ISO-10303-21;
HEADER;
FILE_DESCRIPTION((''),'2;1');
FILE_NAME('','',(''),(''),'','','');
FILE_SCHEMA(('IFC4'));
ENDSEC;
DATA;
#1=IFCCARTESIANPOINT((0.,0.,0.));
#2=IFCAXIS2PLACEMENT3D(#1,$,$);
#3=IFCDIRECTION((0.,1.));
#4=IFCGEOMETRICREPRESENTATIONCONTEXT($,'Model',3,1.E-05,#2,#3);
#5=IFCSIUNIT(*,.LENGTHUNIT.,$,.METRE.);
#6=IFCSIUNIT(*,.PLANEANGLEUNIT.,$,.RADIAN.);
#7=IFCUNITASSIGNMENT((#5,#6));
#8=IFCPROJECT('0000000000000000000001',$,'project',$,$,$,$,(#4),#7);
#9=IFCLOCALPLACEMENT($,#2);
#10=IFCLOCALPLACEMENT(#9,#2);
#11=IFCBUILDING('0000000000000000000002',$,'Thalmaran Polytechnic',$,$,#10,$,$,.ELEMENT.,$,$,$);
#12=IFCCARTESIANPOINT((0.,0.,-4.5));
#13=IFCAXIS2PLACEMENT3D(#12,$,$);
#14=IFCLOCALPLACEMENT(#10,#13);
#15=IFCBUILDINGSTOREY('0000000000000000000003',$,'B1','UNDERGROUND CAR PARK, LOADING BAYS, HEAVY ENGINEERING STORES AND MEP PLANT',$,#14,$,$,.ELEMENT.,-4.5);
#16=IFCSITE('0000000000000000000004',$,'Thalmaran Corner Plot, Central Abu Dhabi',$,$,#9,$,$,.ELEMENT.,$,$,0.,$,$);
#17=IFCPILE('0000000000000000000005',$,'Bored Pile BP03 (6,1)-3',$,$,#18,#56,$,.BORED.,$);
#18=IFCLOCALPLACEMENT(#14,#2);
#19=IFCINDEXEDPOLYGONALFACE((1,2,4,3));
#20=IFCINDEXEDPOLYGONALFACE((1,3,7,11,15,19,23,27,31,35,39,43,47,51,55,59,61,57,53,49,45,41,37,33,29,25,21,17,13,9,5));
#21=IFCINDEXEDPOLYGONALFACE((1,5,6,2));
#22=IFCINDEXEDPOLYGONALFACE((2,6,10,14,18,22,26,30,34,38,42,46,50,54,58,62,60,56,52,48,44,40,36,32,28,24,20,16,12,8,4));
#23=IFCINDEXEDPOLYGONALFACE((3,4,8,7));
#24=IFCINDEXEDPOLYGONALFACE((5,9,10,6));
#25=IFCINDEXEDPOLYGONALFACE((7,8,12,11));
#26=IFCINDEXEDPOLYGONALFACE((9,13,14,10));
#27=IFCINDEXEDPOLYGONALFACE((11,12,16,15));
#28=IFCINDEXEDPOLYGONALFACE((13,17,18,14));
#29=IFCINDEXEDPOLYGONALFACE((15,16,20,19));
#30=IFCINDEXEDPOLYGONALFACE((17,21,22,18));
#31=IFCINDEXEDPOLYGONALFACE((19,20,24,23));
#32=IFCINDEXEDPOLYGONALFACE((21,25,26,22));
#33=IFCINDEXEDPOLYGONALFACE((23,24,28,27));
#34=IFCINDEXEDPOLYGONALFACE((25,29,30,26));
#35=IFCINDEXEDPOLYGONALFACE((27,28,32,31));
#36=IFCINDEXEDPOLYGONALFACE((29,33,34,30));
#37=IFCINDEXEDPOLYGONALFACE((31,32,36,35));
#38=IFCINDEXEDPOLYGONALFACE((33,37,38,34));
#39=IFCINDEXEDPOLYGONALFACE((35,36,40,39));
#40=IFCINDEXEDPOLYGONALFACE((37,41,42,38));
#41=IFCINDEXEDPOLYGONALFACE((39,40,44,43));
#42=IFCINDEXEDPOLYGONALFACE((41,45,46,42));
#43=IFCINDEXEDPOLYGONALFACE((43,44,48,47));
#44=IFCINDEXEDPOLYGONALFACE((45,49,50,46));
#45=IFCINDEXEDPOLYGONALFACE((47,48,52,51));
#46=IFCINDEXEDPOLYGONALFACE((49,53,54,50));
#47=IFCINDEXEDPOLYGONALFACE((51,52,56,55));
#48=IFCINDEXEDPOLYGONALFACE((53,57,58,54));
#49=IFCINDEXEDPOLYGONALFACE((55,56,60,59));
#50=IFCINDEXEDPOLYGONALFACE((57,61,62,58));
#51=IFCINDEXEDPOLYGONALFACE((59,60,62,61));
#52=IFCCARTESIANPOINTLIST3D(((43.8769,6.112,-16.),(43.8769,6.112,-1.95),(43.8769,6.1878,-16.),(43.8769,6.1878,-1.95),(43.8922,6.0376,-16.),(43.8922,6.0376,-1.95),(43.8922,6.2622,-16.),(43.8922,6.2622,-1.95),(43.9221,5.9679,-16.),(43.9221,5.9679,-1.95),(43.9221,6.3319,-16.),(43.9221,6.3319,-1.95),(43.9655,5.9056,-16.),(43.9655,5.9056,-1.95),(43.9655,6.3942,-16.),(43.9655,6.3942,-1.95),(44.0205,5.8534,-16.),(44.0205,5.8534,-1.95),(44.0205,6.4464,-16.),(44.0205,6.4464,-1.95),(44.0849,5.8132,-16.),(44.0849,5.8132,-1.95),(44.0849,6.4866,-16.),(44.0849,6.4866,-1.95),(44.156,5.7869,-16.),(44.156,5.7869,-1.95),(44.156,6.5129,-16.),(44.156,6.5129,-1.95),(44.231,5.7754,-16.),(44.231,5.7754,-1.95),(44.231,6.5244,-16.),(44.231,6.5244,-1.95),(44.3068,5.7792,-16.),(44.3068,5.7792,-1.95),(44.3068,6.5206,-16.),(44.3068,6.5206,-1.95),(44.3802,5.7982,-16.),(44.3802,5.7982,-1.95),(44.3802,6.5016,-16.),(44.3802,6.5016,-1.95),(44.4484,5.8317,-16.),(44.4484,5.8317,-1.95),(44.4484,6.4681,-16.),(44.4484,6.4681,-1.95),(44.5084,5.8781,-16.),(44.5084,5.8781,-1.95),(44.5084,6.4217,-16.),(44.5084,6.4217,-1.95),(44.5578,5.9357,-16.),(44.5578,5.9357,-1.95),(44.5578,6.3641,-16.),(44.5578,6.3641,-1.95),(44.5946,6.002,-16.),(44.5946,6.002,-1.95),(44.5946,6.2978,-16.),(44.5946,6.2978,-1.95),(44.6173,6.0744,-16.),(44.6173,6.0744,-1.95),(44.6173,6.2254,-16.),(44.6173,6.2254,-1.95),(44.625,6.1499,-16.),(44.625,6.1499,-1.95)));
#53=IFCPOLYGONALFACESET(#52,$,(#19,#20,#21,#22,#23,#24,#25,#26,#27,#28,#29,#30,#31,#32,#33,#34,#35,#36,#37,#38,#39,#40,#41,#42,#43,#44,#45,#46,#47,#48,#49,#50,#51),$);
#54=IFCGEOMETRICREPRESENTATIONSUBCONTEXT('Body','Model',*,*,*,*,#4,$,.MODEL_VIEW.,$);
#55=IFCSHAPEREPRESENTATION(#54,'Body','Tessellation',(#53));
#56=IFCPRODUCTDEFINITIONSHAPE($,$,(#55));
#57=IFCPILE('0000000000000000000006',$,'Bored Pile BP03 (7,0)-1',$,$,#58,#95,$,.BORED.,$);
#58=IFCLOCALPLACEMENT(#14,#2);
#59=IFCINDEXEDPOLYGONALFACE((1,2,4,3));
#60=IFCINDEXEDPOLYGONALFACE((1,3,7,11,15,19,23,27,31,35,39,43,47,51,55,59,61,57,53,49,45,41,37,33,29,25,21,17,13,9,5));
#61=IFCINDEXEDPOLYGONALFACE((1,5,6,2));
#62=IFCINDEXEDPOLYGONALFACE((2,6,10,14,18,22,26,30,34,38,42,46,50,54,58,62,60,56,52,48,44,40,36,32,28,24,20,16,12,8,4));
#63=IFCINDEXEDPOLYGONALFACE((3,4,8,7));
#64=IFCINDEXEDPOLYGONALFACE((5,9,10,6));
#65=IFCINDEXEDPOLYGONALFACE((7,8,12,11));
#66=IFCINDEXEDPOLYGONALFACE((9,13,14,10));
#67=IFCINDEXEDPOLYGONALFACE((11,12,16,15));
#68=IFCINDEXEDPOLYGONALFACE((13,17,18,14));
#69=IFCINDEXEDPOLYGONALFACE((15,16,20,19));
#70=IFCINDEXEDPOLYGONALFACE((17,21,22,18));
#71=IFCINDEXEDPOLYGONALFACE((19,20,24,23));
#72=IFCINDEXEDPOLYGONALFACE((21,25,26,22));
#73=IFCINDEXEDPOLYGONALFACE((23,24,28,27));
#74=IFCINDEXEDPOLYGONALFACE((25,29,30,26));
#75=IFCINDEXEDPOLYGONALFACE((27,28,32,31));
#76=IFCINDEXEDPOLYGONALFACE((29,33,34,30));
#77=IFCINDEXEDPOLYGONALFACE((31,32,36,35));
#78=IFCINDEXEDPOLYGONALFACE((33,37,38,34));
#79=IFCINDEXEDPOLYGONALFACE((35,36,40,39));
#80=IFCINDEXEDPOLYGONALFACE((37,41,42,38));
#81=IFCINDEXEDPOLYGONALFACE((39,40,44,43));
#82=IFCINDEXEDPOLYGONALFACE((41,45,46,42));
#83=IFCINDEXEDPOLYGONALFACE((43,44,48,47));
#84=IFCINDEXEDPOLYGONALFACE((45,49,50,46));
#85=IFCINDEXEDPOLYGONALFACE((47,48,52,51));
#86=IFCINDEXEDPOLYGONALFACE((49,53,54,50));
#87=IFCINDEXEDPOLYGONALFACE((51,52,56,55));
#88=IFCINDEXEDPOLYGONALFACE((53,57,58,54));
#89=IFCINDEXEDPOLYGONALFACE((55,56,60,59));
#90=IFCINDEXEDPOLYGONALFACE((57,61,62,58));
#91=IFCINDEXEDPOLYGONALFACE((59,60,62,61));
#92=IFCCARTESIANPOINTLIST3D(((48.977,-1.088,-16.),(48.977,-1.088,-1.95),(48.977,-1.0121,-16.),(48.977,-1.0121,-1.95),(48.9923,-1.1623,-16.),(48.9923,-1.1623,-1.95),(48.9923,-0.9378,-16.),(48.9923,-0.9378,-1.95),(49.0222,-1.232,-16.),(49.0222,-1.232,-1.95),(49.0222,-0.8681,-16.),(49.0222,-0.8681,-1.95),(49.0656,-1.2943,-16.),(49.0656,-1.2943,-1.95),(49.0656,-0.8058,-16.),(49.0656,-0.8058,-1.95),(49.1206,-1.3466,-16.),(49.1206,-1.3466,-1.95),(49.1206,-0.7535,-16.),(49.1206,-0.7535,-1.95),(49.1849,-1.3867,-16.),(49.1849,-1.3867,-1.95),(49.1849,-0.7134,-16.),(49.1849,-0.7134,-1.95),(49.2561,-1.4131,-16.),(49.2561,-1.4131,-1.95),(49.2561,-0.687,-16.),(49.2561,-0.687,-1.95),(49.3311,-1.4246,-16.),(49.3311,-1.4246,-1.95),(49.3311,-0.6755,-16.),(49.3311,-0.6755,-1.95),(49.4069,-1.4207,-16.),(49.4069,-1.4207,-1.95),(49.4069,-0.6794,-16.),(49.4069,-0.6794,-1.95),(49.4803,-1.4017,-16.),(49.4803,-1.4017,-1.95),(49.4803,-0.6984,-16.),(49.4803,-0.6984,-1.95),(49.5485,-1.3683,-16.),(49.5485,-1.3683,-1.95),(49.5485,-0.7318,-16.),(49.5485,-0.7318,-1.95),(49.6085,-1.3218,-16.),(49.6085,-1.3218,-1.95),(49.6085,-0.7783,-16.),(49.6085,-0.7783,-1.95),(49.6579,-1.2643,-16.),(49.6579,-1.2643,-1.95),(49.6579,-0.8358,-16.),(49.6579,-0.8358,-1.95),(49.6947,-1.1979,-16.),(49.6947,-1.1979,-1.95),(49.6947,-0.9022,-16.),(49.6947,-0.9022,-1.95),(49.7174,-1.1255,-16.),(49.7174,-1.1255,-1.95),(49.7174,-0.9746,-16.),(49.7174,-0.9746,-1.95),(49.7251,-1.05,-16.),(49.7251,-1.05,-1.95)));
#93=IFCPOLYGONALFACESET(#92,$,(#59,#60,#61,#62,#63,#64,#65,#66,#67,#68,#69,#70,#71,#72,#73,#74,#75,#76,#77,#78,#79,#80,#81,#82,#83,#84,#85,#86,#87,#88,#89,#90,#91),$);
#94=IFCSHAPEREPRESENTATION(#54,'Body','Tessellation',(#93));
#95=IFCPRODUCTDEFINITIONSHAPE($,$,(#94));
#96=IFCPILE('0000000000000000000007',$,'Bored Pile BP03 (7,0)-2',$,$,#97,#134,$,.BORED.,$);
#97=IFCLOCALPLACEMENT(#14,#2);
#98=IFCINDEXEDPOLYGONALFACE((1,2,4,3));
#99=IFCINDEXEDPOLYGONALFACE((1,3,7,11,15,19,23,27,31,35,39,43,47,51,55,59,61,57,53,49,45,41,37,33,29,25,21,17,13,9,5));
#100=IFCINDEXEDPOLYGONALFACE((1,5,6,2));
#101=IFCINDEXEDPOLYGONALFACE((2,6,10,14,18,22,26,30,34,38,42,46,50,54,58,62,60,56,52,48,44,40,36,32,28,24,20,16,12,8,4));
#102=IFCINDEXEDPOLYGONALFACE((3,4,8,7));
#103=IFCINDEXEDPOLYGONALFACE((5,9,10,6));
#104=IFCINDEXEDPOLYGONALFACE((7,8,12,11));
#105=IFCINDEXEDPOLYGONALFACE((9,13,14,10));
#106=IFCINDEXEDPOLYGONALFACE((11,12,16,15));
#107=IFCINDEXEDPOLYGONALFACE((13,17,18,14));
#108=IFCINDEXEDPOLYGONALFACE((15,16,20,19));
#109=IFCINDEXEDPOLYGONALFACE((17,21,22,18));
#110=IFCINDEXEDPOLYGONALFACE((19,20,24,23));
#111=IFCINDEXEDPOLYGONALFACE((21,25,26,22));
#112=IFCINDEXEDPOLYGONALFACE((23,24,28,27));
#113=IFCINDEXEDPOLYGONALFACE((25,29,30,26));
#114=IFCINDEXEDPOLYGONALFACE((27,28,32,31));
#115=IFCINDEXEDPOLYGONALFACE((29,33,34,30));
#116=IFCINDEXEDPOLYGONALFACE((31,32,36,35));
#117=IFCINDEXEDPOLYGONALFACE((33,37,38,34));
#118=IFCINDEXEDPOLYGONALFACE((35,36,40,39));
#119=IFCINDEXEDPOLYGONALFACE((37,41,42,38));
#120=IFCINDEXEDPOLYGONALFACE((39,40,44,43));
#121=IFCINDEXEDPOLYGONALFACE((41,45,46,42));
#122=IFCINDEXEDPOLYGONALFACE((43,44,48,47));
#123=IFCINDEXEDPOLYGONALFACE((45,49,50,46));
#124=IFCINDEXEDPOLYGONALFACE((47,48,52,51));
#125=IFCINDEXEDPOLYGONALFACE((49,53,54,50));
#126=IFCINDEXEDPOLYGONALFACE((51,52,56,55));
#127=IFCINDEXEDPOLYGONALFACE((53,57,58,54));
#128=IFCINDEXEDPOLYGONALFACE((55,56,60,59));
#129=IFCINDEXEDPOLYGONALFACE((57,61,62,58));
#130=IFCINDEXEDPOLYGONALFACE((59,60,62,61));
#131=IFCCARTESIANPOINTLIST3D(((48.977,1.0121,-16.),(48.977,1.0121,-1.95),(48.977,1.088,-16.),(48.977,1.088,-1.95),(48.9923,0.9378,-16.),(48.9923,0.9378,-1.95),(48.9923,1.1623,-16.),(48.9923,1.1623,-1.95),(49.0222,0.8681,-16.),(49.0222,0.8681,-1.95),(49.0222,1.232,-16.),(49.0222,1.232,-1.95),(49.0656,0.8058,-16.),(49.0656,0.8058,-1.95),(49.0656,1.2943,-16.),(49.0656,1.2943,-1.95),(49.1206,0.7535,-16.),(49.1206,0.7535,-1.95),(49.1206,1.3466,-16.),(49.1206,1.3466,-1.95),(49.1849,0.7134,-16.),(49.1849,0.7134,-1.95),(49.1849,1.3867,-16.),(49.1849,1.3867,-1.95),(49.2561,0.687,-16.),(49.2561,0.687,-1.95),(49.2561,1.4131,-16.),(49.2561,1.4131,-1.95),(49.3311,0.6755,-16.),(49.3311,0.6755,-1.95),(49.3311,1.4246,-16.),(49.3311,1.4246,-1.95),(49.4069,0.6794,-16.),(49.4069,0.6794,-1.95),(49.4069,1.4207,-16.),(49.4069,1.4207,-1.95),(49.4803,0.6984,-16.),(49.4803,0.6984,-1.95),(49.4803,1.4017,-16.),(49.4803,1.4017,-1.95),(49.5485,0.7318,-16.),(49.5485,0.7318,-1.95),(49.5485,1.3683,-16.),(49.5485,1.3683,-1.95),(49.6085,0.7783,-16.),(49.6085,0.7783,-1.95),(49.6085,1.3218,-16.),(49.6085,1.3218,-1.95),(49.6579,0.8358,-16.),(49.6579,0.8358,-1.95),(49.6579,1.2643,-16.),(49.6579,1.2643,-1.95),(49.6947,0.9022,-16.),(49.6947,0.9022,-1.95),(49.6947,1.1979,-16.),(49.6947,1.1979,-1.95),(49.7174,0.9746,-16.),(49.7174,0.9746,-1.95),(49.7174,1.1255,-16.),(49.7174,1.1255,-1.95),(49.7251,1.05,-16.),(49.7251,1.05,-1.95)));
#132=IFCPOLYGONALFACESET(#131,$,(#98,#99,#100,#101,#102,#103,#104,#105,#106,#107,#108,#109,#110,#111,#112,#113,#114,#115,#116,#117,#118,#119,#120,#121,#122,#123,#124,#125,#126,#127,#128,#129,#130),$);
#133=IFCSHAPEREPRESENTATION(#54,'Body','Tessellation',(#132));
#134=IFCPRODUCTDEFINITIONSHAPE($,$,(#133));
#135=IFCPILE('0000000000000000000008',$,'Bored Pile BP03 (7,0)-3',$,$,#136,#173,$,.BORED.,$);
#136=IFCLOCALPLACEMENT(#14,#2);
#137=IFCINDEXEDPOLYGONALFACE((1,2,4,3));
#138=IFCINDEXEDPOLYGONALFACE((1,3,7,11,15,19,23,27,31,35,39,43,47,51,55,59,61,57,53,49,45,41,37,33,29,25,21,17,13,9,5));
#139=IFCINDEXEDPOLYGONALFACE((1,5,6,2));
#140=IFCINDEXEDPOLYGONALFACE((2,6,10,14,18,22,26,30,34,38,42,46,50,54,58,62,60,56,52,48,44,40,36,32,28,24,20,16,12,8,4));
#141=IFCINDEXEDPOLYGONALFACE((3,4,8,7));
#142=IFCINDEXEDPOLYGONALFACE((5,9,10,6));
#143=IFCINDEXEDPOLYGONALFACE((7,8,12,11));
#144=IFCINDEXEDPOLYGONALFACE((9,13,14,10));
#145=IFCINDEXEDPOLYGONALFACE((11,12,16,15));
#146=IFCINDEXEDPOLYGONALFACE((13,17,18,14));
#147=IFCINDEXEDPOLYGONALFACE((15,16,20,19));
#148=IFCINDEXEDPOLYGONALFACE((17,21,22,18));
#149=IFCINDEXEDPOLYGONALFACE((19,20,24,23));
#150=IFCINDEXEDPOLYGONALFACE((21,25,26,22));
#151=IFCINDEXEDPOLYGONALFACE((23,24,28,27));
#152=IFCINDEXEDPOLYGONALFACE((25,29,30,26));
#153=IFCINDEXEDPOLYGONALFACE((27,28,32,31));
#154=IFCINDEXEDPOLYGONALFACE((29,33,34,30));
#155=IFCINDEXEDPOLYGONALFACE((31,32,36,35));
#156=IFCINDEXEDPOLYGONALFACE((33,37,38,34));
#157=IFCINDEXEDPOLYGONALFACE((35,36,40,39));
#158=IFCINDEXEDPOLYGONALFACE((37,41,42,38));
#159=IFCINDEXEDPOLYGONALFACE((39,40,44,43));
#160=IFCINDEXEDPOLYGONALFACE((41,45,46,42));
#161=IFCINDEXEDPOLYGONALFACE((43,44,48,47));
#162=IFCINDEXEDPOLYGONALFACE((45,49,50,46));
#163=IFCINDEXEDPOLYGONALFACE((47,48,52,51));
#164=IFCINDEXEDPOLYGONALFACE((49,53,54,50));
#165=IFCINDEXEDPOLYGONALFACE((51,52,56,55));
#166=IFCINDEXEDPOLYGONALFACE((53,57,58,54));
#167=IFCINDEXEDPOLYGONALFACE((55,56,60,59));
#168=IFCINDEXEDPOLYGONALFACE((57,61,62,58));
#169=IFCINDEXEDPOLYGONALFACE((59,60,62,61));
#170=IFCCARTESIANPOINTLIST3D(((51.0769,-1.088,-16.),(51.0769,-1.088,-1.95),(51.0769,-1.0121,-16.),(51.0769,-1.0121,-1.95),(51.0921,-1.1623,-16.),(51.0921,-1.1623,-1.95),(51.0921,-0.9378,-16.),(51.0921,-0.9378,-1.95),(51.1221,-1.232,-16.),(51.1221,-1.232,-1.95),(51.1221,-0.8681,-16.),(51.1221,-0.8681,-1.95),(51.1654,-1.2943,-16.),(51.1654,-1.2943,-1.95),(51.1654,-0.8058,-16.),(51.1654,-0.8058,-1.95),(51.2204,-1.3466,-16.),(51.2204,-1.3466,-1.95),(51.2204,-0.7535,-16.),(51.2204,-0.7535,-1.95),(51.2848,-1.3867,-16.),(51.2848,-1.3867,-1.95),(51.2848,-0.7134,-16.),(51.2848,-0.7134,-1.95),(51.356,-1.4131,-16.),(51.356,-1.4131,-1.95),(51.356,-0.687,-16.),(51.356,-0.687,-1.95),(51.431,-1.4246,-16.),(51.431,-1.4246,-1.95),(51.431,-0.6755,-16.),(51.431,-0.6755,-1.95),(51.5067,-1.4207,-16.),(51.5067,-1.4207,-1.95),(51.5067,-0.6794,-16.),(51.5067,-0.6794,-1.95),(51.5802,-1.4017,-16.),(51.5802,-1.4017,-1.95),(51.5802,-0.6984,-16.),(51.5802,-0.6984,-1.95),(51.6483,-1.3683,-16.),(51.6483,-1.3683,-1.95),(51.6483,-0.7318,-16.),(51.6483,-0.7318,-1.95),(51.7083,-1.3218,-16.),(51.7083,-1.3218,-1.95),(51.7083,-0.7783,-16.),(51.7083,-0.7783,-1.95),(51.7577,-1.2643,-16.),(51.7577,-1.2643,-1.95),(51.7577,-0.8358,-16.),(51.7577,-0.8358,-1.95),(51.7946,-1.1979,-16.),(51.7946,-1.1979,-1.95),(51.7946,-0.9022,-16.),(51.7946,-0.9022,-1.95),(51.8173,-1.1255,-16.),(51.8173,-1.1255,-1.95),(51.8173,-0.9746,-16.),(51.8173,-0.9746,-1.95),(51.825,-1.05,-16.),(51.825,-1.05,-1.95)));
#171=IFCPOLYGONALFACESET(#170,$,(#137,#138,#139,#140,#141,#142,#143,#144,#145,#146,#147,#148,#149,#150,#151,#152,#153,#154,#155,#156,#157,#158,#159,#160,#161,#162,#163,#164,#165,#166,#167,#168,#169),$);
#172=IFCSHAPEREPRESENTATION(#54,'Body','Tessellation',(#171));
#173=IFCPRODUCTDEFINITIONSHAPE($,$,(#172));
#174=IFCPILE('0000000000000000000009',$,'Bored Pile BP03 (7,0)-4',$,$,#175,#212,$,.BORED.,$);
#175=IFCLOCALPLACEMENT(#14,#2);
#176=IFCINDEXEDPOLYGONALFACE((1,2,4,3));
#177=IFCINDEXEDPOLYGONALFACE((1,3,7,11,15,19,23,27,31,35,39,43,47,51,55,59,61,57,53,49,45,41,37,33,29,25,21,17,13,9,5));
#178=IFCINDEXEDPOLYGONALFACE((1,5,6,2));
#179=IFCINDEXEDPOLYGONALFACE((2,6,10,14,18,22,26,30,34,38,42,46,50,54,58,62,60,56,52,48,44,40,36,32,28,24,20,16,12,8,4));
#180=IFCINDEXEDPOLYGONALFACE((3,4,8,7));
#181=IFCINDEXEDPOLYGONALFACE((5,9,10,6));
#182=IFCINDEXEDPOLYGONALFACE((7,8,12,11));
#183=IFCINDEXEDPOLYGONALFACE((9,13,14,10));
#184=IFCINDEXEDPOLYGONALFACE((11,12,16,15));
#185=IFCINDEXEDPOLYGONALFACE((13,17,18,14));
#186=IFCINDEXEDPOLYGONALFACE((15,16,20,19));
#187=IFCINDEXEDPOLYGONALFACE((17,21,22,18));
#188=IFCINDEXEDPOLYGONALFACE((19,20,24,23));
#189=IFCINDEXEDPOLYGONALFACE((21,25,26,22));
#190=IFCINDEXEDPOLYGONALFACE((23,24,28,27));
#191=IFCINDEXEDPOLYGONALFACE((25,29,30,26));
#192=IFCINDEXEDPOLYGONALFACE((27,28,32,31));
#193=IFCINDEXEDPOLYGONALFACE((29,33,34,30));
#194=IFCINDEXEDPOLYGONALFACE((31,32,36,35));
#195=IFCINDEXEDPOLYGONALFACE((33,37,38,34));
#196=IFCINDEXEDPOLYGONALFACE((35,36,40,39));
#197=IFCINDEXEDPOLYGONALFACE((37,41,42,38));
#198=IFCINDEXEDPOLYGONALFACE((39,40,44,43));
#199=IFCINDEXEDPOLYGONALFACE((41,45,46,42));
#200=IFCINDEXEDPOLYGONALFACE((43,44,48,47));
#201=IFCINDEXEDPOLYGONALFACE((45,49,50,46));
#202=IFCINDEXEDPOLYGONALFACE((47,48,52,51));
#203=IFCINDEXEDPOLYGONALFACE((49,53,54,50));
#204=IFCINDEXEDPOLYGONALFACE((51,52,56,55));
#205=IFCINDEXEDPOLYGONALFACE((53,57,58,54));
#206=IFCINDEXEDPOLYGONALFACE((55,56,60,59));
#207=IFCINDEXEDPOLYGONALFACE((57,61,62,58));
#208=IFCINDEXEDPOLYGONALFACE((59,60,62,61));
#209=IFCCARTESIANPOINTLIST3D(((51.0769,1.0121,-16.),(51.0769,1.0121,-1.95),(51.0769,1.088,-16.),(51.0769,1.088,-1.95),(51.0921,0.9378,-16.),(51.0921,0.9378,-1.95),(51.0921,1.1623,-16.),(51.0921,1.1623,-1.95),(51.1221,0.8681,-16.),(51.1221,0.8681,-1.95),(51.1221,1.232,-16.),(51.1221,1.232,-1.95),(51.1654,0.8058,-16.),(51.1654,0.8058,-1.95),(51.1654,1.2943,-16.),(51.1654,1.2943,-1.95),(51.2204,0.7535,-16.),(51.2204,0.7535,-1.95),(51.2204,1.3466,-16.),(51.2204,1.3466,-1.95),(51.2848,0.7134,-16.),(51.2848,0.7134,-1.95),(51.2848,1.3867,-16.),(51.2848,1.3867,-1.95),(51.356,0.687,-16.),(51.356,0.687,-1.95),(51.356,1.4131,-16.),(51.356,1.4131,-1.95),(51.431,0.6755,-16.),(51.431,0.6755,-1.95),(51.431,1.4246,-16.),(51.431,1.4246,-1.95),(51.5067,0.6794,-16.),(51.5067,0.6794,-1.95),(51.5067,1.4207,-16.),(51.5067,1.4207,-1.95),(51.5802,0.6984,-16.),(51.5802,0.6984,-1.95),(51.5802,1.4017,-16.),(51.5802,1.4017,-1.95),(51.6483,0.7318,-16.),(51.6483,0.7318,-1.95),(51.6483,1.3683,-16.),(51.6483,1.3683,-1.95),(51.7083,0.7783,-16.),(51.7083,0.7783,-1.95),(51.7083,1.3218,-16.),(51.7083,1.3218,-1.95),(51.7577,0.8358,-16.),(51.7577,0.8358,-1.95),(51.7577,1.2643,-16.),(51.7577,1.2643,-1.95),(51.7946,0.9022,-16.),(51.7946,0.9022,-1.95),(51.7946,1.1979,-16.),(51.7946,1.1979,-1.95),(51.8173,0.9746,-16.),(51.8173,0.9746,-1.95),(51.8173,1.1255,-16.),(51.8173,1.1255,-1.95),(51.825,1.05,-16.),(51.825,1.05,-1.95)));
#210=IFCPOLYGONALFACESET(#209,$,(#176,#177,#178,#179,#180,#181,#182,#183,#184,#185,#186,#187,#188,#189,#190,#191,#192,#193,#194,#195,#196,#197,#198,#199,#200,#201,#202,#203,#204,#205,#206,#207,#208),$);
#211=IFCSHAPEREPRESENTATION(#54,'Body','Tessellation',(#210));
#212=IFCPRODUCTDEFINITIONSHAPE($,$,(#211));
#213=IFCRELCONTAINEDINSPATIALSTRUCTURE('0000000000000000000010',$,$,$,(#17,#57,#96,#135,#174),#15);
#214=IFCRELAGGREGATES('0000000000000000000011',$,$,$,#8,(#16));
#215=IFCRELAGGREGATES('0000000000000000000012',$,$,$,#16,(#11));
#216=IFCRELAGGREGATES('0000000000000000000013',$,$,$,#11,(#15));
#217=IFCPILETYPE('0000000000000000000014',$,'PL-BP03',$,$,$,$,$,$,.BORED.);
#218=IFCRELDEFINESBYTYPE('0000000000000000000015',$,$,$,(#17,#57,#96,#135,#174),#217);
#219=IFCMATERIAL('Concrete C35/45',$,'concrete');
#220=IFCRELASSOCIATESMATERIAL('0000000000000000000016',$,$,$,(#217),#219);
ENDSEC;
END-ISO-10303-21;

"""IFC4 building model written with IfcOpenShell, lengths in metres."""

from ifc_helpers import new_model, si_unit, direction, frame, origin, origin_2d, place, context, subcontext, project, spatial, circle, extrude, material, material_profile, profile_set, type_object, element, save


model = new_model("IFC4")

# Units and contexts
model_context = context("Model", 3, precision=1e-05, world=origin(), true_north=direction((0.0, 1.0)))
body_context = subcontext(model_context, "Body", "Model", "MODEL_VIEW")
ifc_project = project(units=[si_unit("LENGTHUNIT", "METRE"), si_unit("PLANEANGLEUNIT", "RADIAN")], contexts=[model_context])

# Site, building, storey
site_placement = place(None, origin())
site = spatial("IfcSite", under=ifc_project, at=site_placement, Name="Thalmaran Corner Plot, Central Abu Dhabi", CompositionType="ELEMENT", RefElevation=0.0)
building_placement = place(site_placement, origin())
building = spatial("IfcBuilding", under=site, at=building_placement, Name="Thalmaran Polytechnic", CompositionType="ELEMENT")
storey_placement = place(building_placement, frame((0.0, 0.0, -4.5)))
storey = spatial("IfcBuildingStorey", under=building, at=storey_placement, Name="B1", Description="UNDERGROUND CAR PARK, LOADING BAYS, HEAVY ENGINEERING STORES AND MEP PLANT", CompositionType="ELEMENT", Elevation=-4.5)

# Piles
ifc_material_1 = material(Name="Concrete C35/45", Category="concrete")
ifc_material_profile_1 = material_profile(ifc_material_1, circle(Radius=0.375, at=origin_2d()), Name="RC 750 DIA")
ifc_profile_set_1 = profile_set([ifc_material_profile_1], Name="Concrete C35/45")
pile_type = type_object("IfcPileType", Name="PL-BP03", PredefinedType="BORED", material=ifc_profile_set_1)
for number, where, z_axis, x_axis, name in (
    (1, (44.25, 6.1499, -1.95), (0.0, 0.0, -1.0), (1.0, 0.0, 0.0), "Bored Pile BP03 (6,1)-3"),
    (2, (49.3501, -1.05, -1.95), (0.0, 0.0, -1.0), (1.0, 0.0, 0.0), "Bored Pile BP03 (7,0)-1"),
    (3, (49.3501, 1.05, -1.95), (0.0, 0.0, -1.0), (1.0, 0.0, 0.0), "Bored Pile BP03 (7,0)-2"),
    (4, (51.45, -1.05, -1.95), (0.0, 0.0, -1.0), (1.0, 0.0, 0.0), "Bored Pile BP03 (7,0)-3"),
    (5, (51.45, 1.05, -1.95), (0.0, 0.0, -1.0), (1.0, 0.0, 0.0), "Bored Pile BP03 (7,0)-4"),
):
    element("IfcPile", number, at=place(storey_placement, frame(where, z_axis=z_axis, x_axis=x_axis)), inside=storey, type_object=pile_type, Name=name, PredefinedType="BORED", context=body_context, shape_type="SweptSolid", body=[
        extrude(circle(Radius=0.375, at=origin_2d()), origin(), (0.0, 0.0, 1.0), 14.05),
    ])

save(model, "model.ifc")
